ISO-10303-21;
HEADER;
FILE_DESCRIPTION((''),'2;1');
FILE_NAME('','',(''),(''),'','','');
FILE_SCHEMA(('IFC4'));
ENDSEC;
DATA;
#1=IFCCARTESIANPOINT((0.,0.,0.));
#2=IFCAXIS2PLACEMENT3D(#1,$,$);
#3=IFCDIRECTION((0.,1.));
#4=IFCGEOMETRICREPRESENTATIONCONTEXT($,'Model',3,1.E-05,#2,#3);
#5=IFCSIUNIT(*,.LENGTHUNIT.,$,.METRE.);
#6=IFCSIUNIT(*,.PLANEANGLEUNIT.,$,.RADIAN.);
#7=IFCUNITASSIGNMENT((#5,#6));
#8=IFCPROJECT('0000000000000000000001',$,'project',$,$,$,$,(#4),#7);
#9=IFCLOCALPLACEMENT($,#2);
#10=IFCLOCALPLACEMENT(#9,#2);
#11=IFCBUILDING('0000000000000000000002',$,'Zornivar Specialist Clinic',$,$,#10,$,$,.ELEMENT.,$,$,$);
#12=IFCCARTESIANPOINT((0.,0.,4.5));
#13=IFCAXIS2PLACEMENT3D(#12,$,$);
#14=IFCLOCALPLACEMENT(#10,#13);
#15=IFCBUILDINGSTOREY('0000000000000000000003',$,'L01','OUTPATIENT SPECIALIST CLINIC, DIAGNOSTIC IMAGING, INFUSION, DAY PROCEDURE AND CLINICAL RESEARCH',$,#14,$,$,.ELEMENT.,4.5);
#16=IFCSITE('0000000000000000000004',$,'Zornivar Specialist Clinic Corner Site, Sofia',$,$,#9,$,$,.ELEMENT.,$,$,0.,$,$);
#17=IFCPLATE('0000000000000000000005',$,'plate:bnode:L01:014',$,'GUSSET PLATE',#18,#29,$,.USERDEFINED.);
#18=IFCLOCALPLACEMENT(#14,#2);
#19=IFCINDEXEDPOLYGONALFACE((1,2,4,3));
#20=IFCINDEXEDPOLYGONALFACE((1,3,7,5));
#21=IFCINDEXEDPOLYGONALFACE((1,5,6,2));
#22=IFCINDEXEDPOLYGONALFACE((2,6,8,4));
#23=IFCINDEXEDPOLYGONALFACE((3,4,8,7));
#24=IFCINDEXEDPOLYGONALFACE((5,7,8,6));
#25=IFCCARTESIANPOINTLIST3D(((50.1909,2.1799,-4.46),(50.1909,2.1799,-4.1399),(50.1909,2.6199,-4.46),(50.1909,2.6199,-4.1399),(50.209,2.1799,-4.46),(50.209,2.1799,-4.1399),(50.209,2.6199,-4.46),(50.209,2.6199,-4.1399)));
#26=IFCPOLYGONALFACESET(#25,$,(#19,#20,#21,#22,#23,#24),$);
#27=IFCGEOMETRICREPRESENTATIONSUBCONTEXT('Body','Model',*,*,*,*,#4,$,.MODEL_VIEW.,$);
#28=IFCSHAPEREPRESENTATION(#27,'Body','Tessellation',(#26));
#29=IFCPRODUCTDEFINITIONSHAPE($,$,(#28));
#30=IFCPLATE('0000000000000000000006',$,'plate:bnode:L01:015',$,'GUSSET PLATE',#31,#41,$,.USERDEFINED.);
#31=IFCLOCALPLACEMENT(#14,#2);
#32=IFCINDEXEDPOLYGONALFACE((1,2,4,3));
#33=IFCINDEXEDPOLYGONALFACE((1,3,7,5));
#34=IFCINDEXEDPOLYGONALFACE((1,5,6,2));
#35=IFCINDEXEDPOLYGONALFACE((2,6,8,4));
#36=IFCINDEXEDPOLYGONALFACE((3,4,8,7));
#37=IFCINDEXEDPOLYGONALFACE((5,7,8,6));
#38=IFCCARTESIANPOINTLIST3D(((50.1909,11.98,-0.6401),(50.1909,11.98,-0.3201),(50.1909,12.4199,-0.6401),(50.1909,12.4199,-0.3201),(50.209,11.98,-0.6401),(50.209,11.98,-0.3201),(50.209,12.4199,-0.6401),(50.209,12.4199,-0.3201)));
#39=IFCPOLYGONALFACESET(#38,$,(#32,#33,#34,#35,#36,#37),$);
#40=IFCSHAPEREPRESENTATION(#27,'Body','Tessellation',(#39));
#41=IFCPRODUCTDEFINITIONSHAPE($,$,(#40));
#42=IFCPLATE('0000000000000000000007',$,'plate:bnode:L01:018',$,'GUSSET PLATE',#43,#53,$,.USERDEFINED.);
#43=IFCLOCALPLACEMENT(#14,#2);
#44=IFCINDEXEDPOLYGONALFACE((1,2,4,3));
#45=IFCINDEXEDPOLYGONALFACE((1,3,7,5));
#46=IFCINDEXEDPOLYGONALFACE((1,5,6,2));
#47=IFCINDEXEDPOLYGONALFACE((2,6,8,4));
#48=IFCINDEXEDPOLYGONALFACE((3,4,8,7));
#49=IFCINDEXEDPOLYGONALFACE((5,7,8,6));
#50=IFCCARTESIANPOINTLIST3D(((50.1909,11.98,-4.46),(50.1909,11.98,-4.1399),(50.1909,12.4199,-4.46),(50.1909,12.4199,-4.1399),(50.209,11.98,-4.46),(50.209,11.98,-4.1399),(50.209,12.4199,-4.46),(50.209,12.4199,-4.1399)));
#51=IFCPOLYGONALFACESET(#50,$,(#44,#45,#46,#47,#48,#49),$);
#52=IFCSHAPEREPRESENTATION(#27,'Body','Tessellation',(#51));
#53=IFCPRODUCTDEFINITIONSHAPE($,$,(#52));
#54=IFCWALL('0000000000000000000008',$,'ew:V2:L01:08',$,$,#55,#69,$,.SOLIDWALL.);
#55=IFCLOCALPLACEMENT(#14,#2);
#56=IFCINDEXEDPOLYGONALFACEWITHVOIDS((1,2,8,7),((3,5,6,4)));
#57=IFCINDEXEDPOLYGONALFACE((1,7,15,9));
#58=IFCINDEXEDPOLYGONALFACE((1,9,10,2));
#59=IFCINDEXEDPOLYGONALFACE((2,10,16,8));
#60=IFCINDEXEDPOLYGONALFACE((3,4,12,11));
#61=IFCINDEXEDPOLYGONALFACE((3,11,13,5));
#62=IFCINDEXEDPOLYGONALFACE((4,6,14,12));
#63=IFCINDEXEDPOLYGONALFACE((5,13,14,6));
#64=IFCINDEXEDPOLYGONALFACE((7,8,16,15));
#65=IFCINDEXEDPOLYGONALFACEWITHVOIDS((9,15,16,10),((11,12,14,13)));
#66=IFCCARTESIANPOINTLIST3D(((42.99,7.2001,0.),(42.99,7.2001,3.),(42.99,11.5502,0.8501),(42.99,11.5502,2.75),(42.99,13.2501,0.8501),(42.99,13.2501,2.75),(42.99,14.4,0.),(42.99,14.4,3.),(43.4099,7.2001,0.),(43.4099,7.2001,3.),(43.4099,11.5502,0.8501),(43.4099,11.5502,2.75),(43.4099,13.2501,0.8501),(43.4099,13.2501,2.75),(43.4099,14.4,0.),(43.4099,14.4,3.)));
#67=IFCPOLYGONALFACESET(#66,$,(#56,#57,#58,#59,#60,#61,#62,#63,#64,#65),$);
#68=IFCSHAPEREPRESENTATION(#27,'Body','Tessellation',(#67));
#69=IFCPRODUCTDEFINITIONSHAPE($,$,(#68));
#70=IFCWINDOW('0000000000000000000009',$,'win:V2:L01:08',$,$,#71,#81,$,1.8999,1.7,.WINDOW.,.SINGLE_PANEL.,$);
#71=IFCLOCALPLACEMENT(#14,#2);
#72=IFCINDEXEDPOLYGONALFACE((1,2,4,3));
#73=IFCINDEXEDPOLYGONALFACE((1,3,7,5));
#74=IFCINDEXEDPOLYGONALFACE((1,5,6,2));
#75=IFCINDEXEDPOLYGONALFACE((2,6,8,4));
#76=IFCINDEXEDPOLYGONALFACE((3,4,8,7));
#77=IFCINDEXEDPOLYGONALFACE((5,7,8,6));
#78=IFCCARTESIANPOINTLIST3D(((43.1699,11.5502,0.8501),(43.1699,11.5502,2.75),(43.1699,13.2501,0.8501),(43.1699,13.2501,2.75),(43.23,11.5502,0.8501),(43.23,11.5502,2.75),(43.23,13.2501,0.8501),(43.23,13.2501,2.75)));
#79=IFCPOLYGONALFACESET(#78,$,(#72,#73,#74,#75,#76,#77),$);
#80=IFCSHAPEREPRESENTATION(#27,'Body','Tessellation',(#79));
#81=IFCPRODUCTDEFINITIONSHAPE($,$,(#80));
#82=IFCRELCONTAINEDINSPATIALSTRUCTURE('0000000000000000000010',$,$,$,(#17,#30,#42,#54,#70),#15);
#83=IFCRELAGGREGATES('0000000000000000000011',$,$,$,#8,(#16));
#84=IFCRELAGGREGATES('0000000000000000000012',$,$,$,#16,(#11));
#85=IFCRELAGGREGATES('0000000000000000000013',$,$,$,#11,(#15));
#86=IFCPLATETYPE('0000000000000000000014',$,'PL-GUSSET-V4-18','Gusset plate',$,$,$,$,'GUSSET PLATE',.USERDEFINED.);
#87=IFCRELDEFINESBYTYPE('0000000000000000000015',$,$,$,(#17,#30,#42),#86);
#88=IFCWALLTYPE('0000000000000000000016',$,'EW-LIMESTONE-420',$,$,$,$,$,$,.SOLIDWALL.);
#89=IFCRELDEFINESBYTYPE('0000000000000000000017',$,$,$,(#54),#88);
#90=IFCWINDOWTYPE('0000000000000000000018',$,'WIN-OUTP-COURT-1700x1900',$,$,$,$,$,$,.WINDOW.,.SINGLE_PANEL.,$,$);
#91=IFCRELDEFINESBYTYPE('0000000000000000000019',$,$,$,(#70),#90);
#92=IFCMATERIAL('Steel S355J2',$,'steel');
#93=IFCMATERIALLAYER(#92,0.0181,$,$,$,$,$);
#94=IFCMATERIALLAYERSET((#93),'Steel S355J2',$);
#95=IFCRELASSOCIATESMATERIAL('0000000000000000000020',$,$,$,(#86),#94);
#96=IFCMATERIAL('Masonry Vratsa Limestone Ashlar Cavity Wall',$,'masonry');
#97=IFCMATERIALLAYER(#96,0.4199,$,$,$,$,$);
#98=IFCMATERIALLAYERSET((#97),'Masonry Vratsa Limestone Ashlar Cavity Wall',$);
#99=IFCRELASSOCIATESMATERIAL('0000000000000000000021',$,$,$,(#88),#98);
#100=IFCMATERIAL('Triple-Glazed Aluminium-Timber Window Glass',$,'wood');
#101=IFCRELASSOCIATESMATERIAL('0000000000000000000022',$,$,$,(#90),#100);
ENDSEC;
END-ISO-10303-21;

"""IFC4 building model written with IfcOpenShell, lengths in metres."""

from ifc_helpers import new_model, si_unit, direction, frame, frame_2d, origin, origin_2d, place, context, subcontext, project, spatial, rectangle, extrude, material, layer, layer_set, type_object, element, fill, save


model = new_model("IFC4")

# Units and contexts
model_context = context("Model", 3, precision=1e-05, world=origin(), true_north=direction((0.0, 1.0)))
body_context = subcontext(model_context, "Body", "Model", "MODEL_VIEW")
ifc_project = project(units=[si_unit("LENGTHUNIT", "METRE"), si_unit("PLANEANGLEUNIT", "RADIAN")], contexts=[model_context])

# Site, building, storey
site_placement = place(None, origin())
site = spatial("IfcSite", under=ifc_project, at=site_placement, Name="Zornivar Specialist Clinic Corner Site, Sofia", CompositionType="ELEMENT", RefElevation=0.0)
building_placement = place(site_placement, origin())
building = spatial("IfcBuilding", under=site, at=building_placement, Name="Zornivar Specialist Clinic", CompositionType="ELEMENT")
storey_placement = place(building_placement, frame((0.0, 0.0, 4.5)))
storey = spatial("IfcBuildingStorey", under=building, at=storey_placement, Name="L01", Description="OUTPATIENT SPECIALIST CLINIC, DIAGNOSTIC IMAGING, INFUSION, DAY PROCEDURE AND CLINICAL RESEARCH", CompositionType="ELEMENT", Elevation=4.5)

# Plates
ifc_material_1 = material(Name="Steel S355J2", Category="steel")
ifc_layer_1 = layer(ifc_material_1, 0.0181)
ifc_layer_set_1 = layer_set([ifc_layer_1], Name="Steel S355J2")
plate_type_1 = type_object("IfcPlateType", Name="PL-GUSSET-V4-18", Description="Gusset plate", ElementType="GUSSET PLATE", PredefinedType="USERDEFINED", material=ifc_layer_set_1)
for number, where, z_axis, x_axis, name in (
    (1, (50.2, 2.3999, -4.46), (0.0, 0.0, 1.0), (0.0, 1.0, 0.0), "plate:bnode:L01:014"),
    (2, (50.2, 12.2, -0.6401), (0.0, 0.0, 1.0), (0.0, 1.0, 0.0), "plate:bnode:L01:015"),
    (3, (50.2, 12.2, -4.46), (0.0, 0.0, 1.0), (0.0, 1.0, 0.0), "plate:bnode:L01:018"),
):
    element("IfcPlate", number, at=place(storey_placement, frame(where, z_axis=z_axis, x_axis=x_axis)), inside=storey, type_object=plate_type_1, Name=name, ObjectType="GUSSET PLATE", PredefinedType="USERDEFINED", context=body_context, shape_type="SweptSolid", body=[
        extrude(rectangle(XDim=0.4399, YDim=0.0181, at=origin_2d()), origin(), (0.0, 0.0, 1.0), 0.3201),
    ])

# Wall, opening, window
ifc_material_2 = material(Name="Masonry Vratsa Limestone Ashlar Cavity Wall", Category="masonry")
ifc_layer_2 = layer(ifc_material_2, 0.4199)
ifc_layer_set_2 = layer_set([ifc_layer_2], Name="Masonry Vratsa Limestone Ashlar Cavity Wall")
wall_type = type_object("IfcWallType", Name="EW-LIMESTONE-420", PredefinedType="SOLIDWALL", material=ifc_layer_set_2)
wall_placement = place(storey_placement, frame((43.2, 7.2, 0.0), z_axis=(0.0, 0.0, 1.0), x_axis=(0.0, 1.0, 0.0)))
wall = element("IfcWall", 4, at=wall_placement, inside=storey, type_object=wall_type, Name="ew:V2:L01:08", PredefinedType="SOLIDWALL", context=body_context, shape_type="SweptSolid", body=[
    extrude(rectangle(XDim=7.2, YDim=0.4199, at=frame_2d((3.6001, 0.0))), origin(), (0.0, 0.0, 1.0), 3.0),
])
opening_placement = place(wall_placement, frame((4.3501, 0.0, 0.8501)))
opening = element("IfcOpeningElement", 5, at=opening_placement, cuts=wall, PredefinedType="OPENING", context=body_context, shape_type="SweptSolid", body=[
    extrude(rectangle(XDim=1.7, YDim=1.8999, at=frame_2d((0.8501, 0.95))), frame((0.0, 0.22, 0.0), z_axis=(0.0, -1.0, 0.0), x_axis=(1.0, 0.0, 0.0)), (0.0, 0.0, 1.0), 0.4399),
])
ifc_material_3 = material(Name="Triple-Glazed Aluminium-Timber Window Glass", Category="wood")
window_type = type_object("IfcWindowType", Name="WIN-OUTP-COURT-1700x1900", PartitioningType="SINGLE_PANEL", PredefinedType="WINDOW", material=ifc_material_3)
window_placement = place(opening_placement, origin())
window = element("IfcWindow", 6, at=window_placement, inside=storey, type_object=window_type, Name="win:V2:L01:08", OverallHeight=1.8999, OverallWidth=1.7, PartitioningType="SINGLE_PANEL", PredefinedType="WINDOW", context=body_context, shape_type="SweptSolid", body=[
    extrude(rectangle(XDim=1.7, YDim=1.8999, at=frame_2d((0.8501, 0.95))), frame((0.0, 0.03, 0.0), z_axis=(0.0, -1.0, 0.0), x_axis=(1.0, 0.0, 0.0)), (0.0, 0.0, 1.0), 0.0601),
])
fill(opening, window)

save(model, "model.ifc")
